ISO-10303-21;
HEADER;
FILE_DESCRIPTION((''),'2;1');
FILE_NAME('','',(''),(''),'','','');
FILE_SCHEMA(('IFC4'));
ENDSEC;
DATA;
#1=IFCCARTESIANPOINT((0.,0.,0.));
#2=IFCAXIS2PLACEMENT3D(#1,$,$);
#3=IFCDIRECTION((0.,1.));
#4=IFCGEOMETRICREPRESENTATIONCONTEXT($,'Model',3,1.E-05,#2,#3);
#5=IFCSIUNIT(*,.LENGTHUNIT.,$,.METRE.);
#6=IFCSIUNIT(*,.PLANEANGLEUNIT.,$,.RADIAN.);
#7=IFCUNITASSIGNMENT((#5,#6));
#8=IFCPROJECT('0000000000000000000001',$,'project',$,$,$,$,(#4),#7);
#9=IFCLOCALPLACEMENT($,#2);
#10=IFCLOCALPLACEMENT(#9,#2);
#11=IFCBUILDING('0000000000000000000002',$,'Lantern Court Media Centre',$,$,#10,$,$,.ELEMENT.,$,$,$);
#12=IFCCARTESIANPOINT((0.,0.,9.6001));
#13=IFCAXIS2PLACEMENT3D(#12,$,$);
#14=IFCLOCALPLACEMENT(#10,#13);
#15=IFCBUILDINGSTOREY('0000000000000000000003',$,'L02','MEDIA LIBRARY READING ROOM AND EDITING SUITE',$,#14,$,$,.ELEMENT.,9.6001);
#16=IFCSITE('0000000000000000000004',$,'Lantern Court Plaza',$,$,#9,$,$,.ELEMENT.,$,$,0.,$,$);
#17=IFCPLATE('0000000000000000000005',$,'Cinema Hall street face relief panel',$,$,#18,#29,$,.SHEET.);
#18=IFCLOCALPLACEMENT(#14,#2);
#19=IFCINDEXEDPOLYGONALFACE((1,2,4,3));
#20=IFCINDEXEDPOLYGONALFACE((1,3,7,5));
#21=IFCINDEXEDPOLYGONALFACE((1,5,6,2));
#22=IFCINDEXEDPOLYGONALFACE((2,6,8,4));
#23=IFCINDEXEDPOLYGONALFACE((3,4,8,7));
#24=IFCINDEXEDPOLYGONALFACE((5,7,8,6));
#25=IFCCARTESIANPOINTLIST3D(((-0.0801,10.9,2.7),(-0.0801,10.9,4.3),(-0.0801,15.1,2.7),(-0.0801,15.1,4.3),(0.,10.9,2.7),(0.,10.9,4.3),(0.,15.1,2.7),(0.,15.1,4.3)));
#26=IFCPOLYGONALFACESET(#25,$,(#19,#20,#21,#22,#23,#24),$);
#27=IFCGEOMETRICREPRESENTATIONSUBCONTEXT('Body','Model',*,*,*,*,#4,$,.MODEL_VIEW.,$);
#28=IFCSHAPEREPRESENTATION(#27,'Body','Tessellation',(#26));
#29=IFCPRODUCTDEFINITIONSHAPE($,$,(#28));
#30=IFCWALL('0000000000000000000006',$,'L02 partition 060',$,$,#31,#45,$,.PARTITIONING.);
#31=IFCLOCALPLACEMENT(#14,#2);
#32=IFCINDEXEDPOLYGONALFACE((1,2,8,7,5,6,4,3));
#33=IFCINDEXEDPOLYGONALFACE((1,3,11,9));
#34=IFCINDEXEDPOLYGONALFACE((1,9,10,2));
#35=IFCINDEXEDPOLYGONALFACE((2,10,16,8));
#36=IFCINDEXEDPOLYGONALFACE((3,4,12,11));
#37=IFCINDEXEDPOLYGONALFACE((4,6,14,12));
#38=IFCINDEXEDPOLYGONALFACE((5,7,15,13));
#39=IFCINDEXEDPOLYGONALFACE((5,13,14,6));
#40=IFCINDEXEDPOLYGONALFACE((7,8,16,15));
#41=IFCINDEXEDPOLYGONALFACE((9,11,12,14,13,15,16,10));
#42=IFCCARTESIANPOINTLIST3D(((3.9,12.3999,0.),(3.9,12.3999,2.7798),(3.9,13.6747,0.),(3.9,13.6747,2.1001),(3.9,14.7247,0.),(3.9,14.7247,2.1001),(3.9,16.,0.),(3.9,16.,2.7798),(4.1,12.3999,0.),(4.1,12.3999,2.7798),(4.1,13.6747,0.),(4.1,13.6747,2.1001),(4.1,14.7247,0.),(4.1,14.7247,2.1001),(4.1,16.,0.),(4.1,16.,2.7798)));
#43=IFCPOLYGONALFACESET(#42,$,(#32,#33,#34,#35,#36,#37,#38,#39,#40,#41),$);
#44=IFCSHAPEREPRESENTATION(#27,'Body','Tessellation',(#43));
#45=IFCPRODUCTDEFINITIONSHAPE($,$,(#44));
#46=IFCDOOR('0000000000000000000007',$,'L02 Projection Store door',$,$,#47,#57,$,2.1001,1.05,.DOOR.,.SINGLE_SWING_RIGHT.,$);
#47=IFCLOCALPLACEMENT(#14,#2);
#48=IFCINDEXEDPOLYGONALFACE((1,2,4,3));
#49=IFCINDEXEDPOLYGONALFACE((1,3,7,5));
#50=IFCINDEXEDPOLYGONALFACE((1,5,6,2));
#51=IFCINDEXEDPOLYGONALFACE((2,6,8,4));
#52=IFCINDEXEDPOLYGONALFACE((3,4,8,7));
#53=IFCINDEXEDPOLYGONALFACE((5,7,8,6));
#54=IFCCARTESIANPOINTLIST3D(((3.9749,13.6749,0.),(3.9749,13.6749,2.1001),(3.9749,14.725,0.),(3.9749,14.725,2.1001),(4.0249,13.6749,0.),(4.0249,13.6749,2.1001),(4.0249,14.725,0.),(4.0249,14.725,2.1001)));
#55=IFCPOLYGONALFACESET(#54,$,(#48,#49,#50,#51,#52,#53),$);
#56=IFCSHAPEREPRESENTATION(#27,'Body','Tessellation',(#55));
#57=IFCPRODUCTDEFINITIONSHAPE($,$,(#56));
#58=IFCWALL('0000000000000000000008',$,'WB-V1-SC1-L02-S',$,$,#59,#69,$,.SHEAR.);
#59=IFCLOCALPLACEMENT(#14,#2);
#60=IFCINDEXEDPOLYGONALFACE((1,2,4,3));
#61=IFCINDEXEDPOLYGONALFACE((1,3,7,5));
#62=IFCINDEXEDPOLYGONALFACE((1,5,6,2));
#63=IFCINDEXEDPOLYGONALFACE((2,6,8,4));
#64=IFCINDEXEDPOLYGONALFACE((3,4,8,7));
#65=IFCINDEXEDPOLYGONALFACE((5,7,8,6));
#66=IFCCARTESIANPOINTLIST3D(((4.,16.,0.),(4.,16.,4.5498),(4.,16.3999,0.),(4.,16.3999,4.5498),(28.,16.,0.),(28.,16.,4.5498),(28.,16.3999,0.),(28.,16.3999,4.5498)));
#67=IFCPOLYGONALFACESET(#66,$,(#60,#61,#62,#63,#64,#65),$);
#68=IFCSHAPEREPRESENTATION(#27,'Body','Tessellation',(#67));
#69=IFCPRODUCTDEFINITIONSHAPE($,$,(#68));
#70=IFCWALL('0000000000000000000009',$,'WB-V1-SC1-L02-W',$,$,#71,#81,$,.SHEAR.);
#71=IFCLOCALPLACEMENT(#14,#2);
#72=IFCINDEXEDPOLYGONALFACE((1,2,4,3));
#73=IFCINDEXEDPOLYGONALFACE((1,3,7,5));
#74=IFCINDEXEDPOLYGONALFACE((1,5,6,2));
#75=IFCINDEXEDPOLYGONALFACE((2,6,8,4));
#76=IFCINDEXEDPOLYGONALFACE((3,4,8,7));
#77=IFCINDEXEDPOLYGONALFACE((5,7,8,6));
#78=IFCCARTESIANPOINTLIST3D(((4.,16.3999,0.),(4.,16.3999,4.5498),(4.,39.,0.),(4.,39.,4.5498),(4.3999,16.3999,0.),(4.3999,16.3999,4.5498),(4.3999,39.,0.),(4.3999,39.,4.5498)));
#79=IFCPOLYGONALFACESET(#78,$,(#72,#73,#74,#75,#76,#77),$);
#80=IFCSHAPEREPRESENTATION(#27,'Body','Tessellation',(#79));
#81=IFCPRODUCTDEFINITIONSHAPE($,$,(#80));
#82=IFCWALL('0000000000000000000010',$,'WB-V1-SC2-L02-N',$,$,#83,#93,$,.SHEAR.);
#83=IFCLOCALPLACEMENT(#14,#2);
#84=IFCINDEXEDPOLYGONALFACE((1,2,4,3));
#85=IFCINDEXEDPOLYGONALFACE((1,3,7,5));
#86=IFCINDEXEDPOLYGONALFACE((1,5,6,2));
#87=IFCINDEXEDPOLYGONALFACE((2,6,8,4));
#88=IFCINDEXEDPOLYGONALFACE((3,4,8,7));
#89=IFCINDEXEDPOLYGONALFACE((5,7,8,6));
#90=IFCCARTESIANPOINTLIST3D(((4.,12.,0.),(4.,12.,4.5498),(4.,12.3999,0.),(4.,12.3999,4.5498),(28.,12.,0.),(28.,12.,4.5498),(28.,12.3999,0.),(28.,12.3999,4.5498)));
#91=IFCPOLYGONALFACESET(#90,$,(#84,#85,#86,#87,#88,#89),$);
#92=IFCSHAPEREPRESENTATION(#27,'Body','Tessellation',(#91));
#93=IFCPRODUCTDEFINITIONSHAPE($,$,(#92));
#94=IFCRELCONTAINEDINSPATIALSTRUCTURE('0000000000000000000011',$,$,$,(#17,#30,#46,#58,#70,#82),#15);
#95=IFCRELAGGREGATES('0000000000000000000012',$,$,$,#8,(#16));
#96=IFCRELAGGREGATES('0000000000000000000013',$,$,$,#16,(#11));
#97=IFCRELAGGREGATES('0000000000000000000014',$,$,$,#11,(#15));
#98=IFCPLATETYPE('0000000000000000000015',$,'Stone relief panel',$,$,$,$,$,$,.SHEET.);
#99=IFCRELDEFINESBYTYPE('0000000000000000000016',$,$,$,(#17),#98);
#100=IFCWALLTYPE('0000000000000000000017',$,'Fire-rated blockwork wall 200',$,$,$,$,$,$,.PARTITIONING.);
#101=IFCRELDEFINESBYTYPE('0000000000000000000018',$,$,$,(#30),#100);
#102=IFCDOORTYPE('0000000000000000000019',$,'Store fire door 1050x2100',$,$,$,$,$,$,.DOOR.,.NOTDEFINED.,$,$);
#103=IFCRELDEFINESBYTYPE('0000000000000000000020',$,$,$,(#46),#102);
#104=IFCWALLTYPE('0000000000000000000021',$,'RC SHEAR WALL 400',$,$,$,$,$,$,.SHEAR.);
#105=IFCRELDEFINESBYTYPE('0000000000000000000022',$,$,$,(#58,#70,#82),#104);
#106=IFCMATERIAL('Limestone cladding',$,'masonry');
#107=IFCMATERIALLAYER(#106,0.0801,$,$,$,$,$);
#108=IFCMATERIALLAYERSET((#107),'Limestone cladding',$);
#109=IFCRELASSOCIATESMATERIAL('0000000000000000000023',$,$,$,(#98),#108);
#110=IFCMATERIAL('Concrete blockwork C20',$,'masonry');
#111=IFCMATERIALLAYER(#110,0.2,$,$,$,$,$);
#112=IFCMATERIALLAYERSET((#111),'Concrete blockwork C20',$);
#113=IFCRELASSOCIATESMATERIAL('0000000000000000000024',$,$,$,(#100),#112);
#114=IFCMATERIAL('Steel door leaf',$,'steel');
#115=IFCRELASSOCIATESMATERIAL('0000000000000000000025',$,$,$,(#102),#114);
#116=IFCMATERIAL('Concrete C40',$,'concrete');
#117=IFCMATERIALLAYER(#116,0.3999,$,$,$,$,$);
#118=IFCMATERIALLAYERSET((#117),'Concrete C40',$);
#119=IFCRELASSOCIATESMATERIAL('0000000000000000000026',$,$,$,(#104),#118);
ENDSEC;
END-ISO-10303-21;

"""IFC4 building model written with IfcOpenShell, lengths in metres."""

from ifc_helpers import new_model, si_unit, direction, frame, frame_2d, origin, origin_2d, place, context, subcontext, project, spatial, rectangle, extrude, material, layer, layer_set, type_object, element, fill, save


model = new_model("IFC4")

# Units and contexts
model_context = context("Model", 3, precision=1e-05, world=origin(), true_north=direction((0.0, 1.0)))
body_context = subcontext(model_context, "Body", "Model", "MODEL_VIEW")
ifc_project = project(units=[si_unit("LENGTHUNIT", "METRE"), si_unit("PLANEANGLEUNIT", "RADIAN")], contexts=[model_context])

# Site, building, storey
site_placement = place(None, origin())
site = spatial("IfcSite", under=ifc_project, at=site_placement, Name="Lantern Court Plaza", CompositionType="ELEMENT", RefElevation=0.0)
building_placement = place(site_placement, origin())
building = spatial("IfcBuilding", under=site, at=building_placement, Name="Lantern Court Media Centre", CompositionType="ELEMENT")
storey_placement = place(building_placement, frame((0.0, 0.0, 9.6001)))
storey = spatial("IfcBuildingStorey", under=building, at=storey_placement, Name="L02", Description="MEDIA LIBRARY READING ROOM AND EDITING SUITE", CompositionType="ELEMENT", Elevation=9.6001)

# Plate
ifc_material_1 = material(Name="Limestone cladding", Category="masonry")
ifc_layer_1 = layer(ifc_material_1, 0.0801)
ifc_layer_set_1 = layer_set([ifc_layer_1], Name="Limestone cladding")
plate_type = type_object("IfcPlateType", Name="Stone relief panel", PredefinedType="SHEET", material=ifc_layer_set_1)
plate_1_placement = place(storey_placement, frame((-0.04, 13.0, 2.7), z_axis=(0.0, 0.0, 1.0), x_axis=(1.0, 0.0, 0.0)))
element("IfcPlate", 1, at=plate_1_placement, inside=storey, type_object=plate_type, Name="Cinema Hall street face relief panel", PredefinedType="SHEET", context=body_context, shape_type="SweptSolid", body=[
    extrude(rectangle(XDim=0.0801, YDim=4.2, at=origin_2d()), origin(), (0.0, 0.0, 1.0), 1.6001),
])

# Wall, opening, door
ifc_material_2 = material(Name="Concrete blockwork C20", Category="masonry")
ifc_layer_2 = layer(ifc_material_2, 0.2)
ifc_layer_set_2 = layer_set([ifc_layer_2], Name="Concrete blockwork C20")
wall_type_1 = type_object("IfcWallType", Name="Fire-rated blockwork wall 200", PredefinedType="PARTITIONING", material=ifc_layer_set_2)
wall_1_placement = place(storey_placement, frame((4.0, 12.3999, 0.0), z_axis=(0.0, 0.0, 1.0), x_axis=(0.0, 1.0, 0.0)))
wall_1 = element("IfcWall", 2, at=wall_1_placement, inside=storey, type_object=wall_type_1, Name="L02 partition 060", PredefinedType="PARTITIONING", context=body_context, shape_type="SweptSolid", body=[
    extrude(rectangle(XDim=3.6001, YDim=0.2, at=frame_2d((1.8, 0.0))), origin(), (0.0, 0.0, 1.0), 2.7798),
])
opening_placement = place(wall_1_placement, frame((1.2749, 0.0, 0.0)))
opening = element("IfcOpeningElement", 3, at=opening_placement, cuts=wall_1, PredefinedType="OPENING", context=body_context, shape_type="SweptSolid", body=[
    extrude(rectangle(XDim=1.05, YDim=2.1001, at=frame_2d((0.5249, 1.05))), frame((0.0, 0.1099, 0.0), z_axis=(0.0, -1.0, 0.0), x_axis=(1.0, 0.0, 0.0)), (0.0, 0.0, 1.0), 0.22),
])
ifc_material_3 = material(Name="Steel door leaf", Category="steel")
door_type = type_object("IfcDoorType", Name="Store fire door 1050x2100", OperationType="NOTDEFINED", PredefinedType="DOOR", material=ifc_material_3)
door_placement = place(opening_placement, frame((1.05, 0.0, 0.0), z_axis=(0.0, 0.0, 1.0), x_axis=(-1.0, 0.0, 0.0)))
door = element("IfcDoor", 4, at=door_placement, inside=storey, type_object=door_type, Name="L02 Projection Store door", OperationType="SINGLE_SWING_RIGHT", OverallHeight=2.1001, OverallWidth=1.05, PredefinedType="DOOR", context=body_context, shape_type="SweptSolid", body=[
    extrude(rectangle(XDim=1.05, YDim=2.1001, at=frame_2d((0.5249, 1.05))), frame((0.0, 0.0249, 0.0), z_axis=(0.0, -1.0, 0.0), x_axis=(1.0, 0.0, 0.0)), (0.0, 0.0, 1.0), 0.05),
])
fill(opening, door)

# Walls
ifc_material_4 = material(Name="Concrete C40", Category="concrete")
ifc_layer_3 = layer(ifc_material_4, 0.3999)
ifc_layer_set_3 = layer_set([ifc_layer_3], Name="Concrete C40")
wall_type_2 = type_object("IfcWallType", Name="RC SHEAR WALL 400", PredefinedType="SHEAR", material=ifc_layer_set_3)
wall_2_placement = place(storey_placement, frame((4.0, 16.2, 0.0), z_axis=(0.0, 0.0, 1.0), x_axis=(1.0, 0.0, 0.0)))
element("IfcWall", 5, at=wall_2_placement, inside=storey, type_object=wall_type_2, Name="WB-V1-SC1-L02-S", PredefinedType="SHEAR", context=body_context, shape_type="SweptSolid", body=[
    extrude(rectangle(XDim=24.0, YDim=0.3999, at=frame_2d((12.0, 0.0))), origin(), (0.0, 0.0, 1.0), 4.5498),
])
wall_3_placement = place(storey_placement, frame((4.2, 16.3999, 0.0), z_axis=(0.0, 0.0, 1.0), x_axis=(0.0, 1.0, 0.0)))
element("IfcWall", 6, at=wall_3_placement, inside=storey, type_object=wall_type_2, Name="WB-V1-SC1-L02-W", PredefinedType="SHEAR", context=body_context, shape_type="SweptSolid", body=[
    extrude(rectangle(XDim=22.6001, YDim=0.3999, at=frame_2d((11.3, 0.0))), origin(), (0.0, 0.0, 1.0), 4.5498),
])
wall_4_placement = place(storey_placement, frame((4.0, 12.2, 0.0), z_axis=(0.0, 0.0, 1.0), x_axis=(1.0, 0.0, 0.0)))
element("IfcWall", 7, at=wall_4_placement, inside=storey, type_object=wall_type_2, Name="WB-V1-SC2-L02-N", PredefinedType="SHEAR", context=body_context, shape_type="SweptSolid", body=[
    extrude(rectangle(XDim=24.0, YDim=0.3999, at=frame_2d((12.0, 0.0))), origin(), (0.0, 0.0, 1.0), 4.5498),
])

save(model, "model.ifc")
